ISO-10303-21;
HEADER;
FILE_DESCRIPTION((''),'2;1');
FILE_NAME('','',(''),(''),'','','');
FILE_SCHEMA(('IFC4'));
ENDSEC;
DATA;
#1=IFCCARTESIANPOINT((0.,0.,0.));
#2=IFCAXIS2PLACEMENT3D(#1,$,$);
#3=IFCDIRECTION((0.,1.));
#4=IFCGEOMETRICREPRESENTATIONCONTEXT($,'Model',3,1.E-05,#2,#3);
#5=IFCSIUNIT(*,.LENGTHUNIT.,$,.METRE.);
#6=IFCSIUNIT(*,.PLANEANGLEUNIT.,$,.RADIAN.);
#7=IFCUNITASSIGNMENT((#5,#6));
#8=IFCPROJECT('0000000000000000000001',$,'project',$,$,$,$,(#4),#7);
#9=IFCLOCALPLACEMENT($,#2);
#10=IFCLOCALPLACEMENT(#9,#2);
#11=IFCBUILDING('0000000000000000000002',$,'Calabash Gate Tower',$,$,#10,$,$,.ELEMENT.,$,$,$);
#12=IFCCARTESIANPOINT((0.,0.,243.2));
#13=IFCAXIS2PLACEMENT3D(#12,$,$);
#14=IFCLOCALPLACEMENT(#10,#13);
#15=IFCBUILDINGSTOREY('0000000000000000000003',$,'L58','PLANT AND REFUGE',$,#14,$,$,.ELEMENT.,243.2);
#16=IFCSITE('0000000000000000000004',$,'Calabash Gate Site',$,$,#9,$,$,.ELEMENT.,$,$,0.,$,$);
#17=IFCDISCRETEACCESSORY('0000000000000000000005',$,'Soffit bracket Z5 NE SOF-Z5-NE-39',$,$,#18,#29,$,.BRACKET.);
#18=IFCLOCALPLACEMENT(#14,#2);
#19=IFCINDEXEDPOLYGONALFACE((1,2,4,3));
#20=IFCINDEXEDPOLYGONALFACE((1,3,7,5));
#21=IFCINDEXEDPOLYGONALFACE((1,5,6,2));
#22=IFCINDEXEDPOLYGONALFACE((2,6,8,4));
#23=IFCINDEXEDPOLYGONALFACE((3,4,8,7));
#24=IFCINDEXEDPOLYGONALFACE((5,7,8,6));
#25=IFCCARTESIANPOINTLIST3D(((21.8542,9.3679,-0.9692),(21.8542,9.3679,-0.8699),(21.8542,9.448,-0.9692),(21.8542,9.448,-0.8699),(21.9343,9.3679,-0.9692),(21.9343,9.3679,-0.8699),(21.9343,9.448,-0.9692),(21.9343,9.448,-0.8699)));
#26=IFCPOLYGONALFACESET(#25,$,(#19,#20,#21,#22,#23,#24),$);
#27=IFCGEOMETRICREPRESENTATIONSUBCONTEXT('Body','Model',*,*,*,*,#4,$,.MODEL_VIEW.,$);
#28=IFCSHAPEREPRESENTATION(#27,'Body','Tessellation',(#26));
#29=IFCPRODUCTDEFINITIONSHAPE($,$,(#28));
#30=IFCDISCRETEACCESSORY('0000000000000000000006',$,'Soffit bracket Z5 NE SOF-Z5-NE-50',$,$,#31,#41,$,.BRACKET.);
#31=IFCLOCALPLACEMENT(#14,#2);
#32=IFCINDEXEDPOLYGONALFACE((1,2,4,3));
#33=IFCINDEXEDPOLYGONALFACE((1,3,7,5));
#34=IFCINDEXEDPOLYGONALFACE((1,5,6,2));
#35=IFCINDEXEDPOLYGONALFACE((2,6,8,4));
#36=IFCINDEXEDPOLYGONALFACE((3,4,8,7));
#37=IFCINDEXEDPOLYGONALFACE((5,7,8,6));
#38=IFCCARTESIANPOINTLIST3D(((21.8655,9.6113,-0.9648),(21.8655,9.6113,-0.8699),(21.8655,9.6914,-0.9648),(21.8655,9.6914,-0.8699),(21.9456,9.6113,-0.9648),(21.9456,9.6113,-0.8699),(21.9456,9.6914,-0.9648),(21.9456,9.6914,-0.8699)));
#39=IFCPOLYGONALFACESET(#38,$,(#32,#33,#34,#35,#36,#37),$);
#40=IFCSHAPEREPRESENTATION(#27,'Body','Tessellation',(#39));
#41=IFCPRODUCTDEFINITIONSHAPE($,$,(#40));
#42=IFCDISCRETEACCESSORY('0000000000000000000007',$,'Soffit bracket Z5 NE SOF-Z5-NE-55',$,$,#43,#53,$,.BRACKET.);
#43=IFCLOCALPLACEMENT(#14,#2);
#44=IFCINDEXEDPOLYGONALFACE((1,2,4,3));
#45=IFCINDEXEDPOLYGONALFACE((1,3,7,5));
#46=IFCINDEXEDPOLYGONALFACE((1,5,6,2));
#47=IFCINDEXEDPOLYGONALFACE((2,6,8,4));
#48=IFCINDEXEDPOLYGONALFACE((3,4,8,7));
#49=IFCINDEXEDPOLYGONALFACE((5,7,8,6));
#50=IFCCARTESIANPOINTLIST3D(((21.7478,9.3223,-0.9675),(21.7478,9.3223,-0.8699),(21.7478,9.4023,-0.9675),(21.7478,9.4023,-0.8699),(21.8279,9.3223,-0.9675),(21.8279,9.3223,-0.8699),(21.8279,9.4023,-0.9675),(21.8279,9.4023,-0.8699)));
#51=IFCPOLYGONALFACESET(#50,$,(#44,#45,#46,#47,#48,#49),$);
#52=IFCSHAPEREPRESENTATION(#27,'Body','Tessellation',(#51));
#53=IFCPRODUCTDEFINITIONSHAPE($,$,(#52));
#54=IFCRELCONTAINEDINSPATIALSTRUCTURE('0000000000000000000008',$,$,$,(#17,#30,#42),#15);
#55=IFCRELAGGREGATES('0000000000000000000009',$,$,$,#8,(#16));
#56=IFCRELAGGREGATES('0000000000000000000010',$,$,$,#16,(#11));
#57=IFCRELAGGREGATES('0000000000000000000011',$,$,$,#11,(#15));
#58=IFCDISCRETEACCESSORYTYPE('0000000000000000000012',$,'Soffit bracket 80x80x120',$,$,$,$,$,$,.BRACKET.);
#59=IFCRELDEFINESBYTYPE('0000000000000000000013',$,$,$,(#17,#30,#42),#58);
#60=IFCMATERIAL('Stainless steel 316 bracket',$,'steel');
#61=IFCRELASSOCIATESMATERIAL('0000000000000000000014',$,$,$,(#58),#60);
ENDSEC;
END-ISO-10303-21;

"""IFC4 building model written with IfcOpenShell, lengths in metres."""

from ifc_helpers import new_model, si_unit, direction, frame, origin, origin_2d, place, context, subcontext, project, spatial, rectangle, extrude, material, type_object, element, save


model = new_model("IFC4")

# Units and contexts
model_context = context("Model", 3, precision=1e-05, world=origin(), true_north=direction((0.0, 1.0)))
body_context = subcontext(model_context, "Body", "Model", "MODEL_VIEW")
ifc_project = project(units=[si_unit("LENGTHUNIT", "METRE"), si_unit("PLANEANGLEUNIT", "RADIAN")], contexts=[model_context])

# Site, building, storey
site_placement = place(None, origin())
site = spatial("IfcSite", under=ifc_project, at=site_placement, Name="Calabash Gate Site", CompositionType="ELEMENT", RefElevation=0.0)
building_placement = place(site_placement, origin())
building = spatial("IfcBuilding", under=site, at=building_placement, Name="Calabash Gate Tower", CompositionType="ELEMENT")
storey_placement = place(building_placement, frame((0.0, 0.0, 243.2)))
storey = spatial("IfcBuildingStorey", under=building, at=storey_placement, Name="L58", Description="PLANT AND REFUGE", CompositionType="ELEMENT", Elevation=243.2)

# Discrete accessories
ifc_material_1 = material(Name="Stainless steel 316 bracket", Category="steel")
discrete_accessory_type = type_object("IfcDiscreteAccessoryType", Name="Soffit bracket 80x80x120", PredefinedType="BRACKET", material=ifc_material_1)
discrete_accessory_1_placement = place(storey_placement, frame((21.8943, 9.408, -0.9692), z_axis=(0.0, 0.0, 1.0), x_axis=(1.0, 0.0, 0.0)))
element("IfcDiscreteAccessory", 1, at=discrete_accessory_1_placement, inside=storey, type_object=discrete_accessory_type, Name="Soffit bracket Z5 NE SOF-Z5-NE-39", PredefinedType="BRACKET", context=body_context, shape_type="SweptSolid", body=[
    extrude(rectangle(XDim=0.0801, YDim=0.0801, at=origin_2d()), origin(), (0.0, 0.0, 1.0), 0.0994),
])
discrete_accessory_2_placement = place(storey_placement, frame((21.9055, 9.6514, -0.9648), z_axis=(0.0, 0.0, 1.0), x_axis=(1.0, 0.0, 0.0)))
element("IfcDiscreteAccessory", 2, at=discrete_accessory_2_placement, inside=storey, type_object=discrete_accessory_type, Name="Soffit bracket Z5 NE SOF-Z5-NE-50", PredefinedType="BRACKET", context=body_context, shape_type="SweptSolid", body=[
    extrude(rectangle(XDim=0.0801, YDim=0.0801, at=origin_2d()), origin(), (0.0, 0.0, 1.0), 0.095),
])
discrete_accessory_3_placement = place(storey_placement, frame((21.7878, 9.3623, -0.9675), z_axis=(0.0, 0.0, 1.0), x_axis=(1.0, 0.0, 0.0)))
element("IfcDiscreteAccessory", 3, at=discrete_accessory_3_placement, inside=storey, type_object=discrete_accessory_type, Name="Soffit bracket Z5 NE SOF-Z5-NE-55", PredefinedType="BRACKET", context=body_context, shape_type="SweptSolid", body=[
    extrude(rectangle(XDim=0.0801, YDim=0.0801, at=origin_2d()), origin(), (0.0, 0.0, 1.0), 0.0977),
])

save(model, "model.ifc")
